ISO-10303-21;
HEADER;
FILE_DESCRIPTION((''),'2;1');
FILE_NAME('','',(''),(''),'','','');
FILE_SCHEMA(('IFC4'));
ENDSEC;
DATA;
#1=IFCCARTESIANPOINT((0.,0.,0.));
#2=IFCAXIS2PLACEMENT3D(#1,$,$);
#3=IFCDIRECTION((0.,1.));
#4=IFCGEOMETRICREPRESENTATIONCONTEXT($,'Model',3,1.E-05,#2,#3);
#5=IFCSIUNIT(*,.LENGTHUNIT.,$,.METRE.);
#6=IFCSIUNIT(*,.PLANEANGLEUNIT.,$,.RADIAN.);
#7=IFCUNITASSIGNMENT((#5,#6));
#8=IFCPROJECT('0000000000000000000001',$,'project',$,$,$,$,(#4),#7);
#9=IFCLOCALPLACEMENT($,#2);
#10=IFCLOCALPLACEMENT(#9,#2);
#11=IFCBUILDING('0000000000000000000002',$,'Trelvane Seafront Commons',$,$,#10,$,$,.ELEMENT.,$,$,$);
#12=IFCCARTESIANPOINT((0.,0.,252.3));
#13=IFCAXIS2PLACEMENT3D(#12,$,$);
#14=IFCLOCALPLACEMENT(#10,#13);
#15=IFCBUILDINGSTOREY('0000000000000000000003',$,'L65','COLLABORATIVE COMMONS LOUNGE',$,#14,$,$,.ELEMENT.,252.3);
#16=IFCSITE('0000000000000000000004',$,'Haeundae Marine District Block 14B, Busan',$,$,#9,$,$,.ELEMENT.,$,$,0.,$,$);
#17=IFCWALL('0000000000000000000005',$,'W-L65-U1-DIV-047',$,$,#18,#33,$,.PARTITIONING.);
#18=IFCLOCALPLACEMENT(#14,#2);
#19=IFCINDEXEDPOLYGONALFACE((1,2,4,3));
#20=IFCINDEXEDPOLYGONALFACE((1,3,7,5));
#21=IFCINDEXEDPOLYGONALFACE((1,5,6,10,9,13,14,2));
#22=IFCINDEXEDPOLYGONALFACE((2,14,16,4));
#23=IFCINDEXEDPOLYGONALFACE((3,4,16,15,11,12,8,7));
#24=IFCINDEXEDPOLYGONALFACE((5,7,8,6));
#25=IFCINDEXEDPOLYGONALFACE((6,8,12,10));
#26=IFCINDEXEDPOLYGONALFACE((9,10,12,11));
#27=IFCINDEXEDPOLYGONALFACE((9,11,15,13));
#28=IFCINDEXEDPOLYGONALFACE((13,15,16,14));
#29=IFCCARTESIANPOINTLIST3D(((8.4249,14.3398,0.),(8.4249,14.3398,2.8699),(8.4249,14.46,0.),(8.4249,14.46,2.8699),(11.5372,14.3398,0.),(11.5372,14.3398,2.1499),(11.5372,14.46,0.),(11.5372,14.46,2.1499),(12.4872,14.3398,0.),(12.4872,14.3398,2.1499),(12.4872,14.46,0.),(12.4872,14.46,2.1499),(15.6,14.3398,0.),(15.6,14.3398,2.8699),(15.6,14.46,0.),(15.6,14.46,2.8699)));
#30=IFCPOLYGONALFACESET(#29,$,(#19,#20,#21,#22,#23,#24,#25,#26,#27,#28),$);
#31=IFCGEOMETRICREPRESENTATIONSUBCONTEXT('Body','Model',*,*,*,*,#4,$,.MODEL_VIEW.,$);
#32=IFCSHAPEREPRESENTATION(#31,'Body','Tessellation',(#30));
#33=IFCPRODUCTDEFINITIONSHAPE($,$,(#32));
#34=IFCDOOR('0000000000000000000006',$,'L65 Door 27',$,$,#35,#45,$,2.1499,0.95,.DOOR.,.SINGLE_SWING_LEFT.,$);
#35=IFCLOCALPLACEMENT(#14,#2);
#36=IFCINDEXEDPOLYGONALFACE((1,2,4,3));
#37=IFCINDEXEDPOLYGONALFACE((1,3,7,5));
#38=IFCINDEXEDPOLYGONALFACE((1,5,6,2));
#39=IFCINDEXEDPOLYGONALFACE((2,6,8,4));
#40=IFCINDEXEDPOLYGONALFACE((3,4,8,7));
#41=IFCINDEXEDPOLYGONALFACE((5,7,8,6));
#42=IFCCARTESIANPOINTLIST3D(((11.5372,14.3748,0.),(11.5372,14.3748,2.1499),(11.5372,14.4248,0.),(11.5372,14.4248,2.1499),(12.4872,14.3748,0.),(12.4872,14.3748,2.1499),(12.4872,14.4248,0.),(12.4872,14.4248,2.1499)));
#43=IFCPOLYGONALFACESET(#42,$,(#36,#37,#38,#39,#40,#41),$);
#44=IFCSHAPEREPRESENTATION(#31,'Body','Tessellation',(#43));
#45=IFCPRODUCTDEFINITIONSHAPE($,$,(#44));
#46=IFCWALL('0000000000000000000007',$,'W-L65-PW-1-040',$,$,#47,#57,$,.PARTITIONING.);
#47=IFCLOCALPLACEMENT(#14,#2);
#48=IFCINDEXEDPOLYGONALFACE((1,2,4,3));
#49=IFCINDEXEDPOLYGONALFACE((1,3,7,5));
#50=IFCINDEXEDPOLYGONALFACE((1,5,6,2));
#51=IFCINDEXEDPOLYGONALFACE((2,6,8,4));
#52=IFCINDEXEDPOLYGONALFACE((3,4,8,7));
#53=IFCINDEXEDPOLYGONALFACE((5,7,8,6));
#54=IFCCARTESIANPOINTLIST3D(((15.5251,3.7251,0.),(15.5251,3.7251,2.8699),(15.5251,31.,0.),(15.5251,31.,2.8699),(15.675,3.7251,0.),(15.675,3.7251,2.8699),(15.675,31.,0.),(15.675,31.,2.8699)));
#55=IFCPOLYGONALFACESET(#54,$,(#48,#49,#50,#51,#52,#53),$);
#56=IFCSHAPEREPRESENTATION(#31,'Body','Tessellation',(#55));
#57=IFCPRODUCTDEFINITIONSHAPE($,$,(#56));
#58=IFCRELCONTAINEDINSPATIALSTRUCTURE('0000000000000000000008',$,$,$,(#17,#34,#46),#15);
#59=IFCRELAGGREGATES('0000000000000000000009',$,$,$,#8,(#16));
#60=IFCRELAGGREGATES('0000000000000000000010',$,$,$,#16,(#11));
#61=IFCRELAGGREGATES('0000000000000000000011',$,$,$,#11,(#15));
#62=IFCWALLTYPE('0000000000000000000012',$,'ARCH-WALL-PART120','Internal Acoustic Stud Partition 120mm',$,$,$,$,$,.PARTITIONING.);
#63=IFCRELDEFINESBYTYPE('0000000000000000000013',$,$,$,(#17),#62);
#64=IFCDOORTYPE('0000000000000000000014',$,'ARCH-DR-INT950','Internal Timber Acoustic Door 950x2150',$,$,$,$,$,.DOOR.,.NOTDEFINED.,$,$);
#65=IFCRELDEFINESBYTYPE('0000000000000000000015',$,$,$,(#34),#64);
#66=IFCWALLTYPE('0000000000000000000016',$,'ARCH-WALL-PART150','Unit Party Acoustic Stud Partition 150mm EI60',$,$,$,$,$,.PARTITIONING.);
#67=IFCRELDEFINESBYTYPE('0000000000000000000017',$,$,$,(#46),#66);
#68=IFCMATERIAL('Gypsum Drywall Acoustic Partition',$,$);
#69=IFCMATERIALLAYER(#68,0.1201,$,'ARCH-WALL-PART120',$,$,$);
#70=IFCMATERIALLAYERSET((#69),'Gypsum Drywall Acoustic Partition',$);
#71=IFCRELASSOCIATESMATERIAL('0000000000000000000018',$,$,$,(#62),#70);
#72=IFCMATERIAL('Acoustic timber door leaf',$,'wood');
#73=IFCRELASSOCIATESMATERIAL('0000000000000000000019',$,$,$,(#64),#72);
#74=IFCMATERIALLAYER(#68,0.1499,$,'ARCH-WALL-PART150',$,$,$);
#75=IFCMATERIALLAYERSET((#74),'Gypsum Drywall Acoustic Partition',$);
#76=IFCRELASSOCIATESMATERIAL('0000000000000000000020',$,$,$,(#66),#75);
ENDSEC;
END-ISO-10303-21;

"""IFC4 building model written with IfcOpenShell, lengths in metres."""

from ifc_helpers import new_model, si_unit, direction, frame, frame_2d, origin, place, context, subcontext, project, spatial, rectangle, extrude, source, transform, mapped, material, layer, layer_set, type_object, element, fill, save


model = new_model("IFC4")

# Units and contexts
model_context = context("Model", 3, precision=1e-05, world=origin(), true_north=direction((0.0, 1.0)))
body_context = subcontext(model_context, "Body", "Model", "MODEL_VIEW")
ifc_project = project(units=[si_unit("LENGTHUNIT", "METRE"), si_unit("PLANEANGLEUNIT", "RADIAN")], contexts=[model_context])

# Site, building, storey
site_placement = place(None, origin())
site = spatial("IfcSite", under=ifc_project, at=site_placement, Name="Haeundae Marine District Block 14B, Busan", CompositionType="ELEMENT", RefElevation=0.0)
building_placement = place(site_placement, origin())
building = spatial("IfcBuilding", under=site, at=building_placement, Name="Trelvane Seafront Commons", CompositionType="ELEMENT")
storey_placement = place(building_placement, frame((0.0, 0.0, 252.3)))
storey = spatial("IfcBuildingStorey", under=building, at=storey_placement, Name="L65", Description="COLLABORATIVE COMMONS LOUNGE", CompositionType="ELEMENT", Elevation=252.3)

# Wall, opening, door
ifc_material_1 = material(Name="Gypsum Drywall Acoustic Partition")
ifc_layer_1 = layer(ifc_material_1, 0.1201, Name="ARCH-WALL-PART120")
ifc_layer_set_1 = layer_set([ifc_layer_1], Name="Gypsum Drywall Acoustic Partition")
wall_type_1 = type_object("IfcWallType", Name="ARCH-WALL-PART120", Description="Internal Acoustic Stud Partition 120mm", PredefinedType="PARTITIONING", material=ifc_layer_set_1)
wall_1_placement = place(storey_placement, frame((8.425, 14.3999, 0.0), z_axis=(0.0, 0.0, 1.0), x_axis=(1.0, 0.0, 0.0)))
wall_1 = element("IfcWall", 1, at=wall_1_placement, inside=storey, type_object=wall_type_1, Name="W-L65-U1-DIV-047", PredefinedType="PARTITIONING", context=body_context, shape_type="SweptSolid", body=[
    extrude(rectangle(XDim=7.175, YDim=0.1201, at=frame_2d((3.5874, 0.0))), origin(), (0.0, 0.0, 1.0), 2.8699),
])
opening_1_placement = place(wall_1_placement, frame((3.1121, 0.0, 0.0)))
opening_1 = element("IfcOpeningElement", 2, at=opening_1_placement, cuts=wall_1, PredefinedType="OPENING", context=body_context, shape_type="SweptSolid", body=[
    extrude(rectangle(XDim=0.95, YDim=2.1499, at=frame_2d((0.4751, 1.075))), frame((0.0, 0.0701, 0.0), z_axis=(0.0, -1.0, 0.0), x_axis=(1.0, 0.0, 0.0)), (0.0, 0.0, 1.0), 0.1401),
])
ifc_material_2 = material(Name="Acoustic timber door leaf", Category="wood")
door_type = type_object("IfcDoorType", Name="ARCH-DR-INT950", Description="Internal Timber Acoustic Door 950x2150", OperationType="NOTDEFINED", PredefinedType="DOOR", material=ifc_material_2)
shared_shape_1 = source(origin(), body_context, "Body", "SweptSolid", [
    extrude(rectangle(XDim=0.95, YDim=2.1499, at=frame_2d((0.4751, 1.075))), frame((0.0, 0.0249, 0.0), z_axis=(0.0, -1.0, 0.0), x_axis=(1.0, 0.0, 0.0)), (0.0, 0.0, 1.0), 0.05),
])
door_placement = place(opening_1_placement, origin())
door = element("IfcDoor", 3, at=door_placement, inside=storey, type_object=door_type, Name="L65 Door 27", OperationType="SINGLE_SWING_LEFT", OverallHeight=2.1499, OverallWidth=0.95, PredefinedType="DOOR", context=body_context, shape_type="MappedRepresentation", body=[
    mapped(shared_shape_1, transform((0.0, 0.0, 0.0), x_axis=(1.0, 0.0, 0.0), y_axis=(0.0, 1.0, 0.0), z_axis=(0.0, 0.0, 1.0), scale=1.0)),
])
fill(opening_1, door)

# Wall
ifc_layer_2 = layer(ifc_material_1, 0.1499, Name="ARCH-WALL-PART150")
ifc_layer_set_2 = layer_set([ifc_layer_2], Name="Gypsum Drywall Acoustic Partition")
wall_type_2 = type_object("IfcWallType", Name="ARCH-WALL-PART150", Description="Unit Party Acoustic Stud Partition 150mm EI60", PredefinedType="PARTITIONING", material=ifc_layer_set_2)
wall_2_placement = place(storey_placement, frame((15.6001, 3.7251, 0.0), z_axis=(0.0, 0.0, 1.0), x_axis=(0.0, 1.0, 0.0)))
element("IfcWall", 4, at=wall_2_placement, inside=storey, type_object=wall_type_2, Name="W-L65-PW-1-040", PredefinedType="PARTITIONING", context=body_context, shape_type="SweptSolid", body=[
    extrude(rectangle(XDim=27.2749, YDim=0.1499, at=frame_2d((13.6375, 0.0))), origin(), (0.0, 0.0, 1.0), 2.8699),
])

save(model, "model.ifc")
